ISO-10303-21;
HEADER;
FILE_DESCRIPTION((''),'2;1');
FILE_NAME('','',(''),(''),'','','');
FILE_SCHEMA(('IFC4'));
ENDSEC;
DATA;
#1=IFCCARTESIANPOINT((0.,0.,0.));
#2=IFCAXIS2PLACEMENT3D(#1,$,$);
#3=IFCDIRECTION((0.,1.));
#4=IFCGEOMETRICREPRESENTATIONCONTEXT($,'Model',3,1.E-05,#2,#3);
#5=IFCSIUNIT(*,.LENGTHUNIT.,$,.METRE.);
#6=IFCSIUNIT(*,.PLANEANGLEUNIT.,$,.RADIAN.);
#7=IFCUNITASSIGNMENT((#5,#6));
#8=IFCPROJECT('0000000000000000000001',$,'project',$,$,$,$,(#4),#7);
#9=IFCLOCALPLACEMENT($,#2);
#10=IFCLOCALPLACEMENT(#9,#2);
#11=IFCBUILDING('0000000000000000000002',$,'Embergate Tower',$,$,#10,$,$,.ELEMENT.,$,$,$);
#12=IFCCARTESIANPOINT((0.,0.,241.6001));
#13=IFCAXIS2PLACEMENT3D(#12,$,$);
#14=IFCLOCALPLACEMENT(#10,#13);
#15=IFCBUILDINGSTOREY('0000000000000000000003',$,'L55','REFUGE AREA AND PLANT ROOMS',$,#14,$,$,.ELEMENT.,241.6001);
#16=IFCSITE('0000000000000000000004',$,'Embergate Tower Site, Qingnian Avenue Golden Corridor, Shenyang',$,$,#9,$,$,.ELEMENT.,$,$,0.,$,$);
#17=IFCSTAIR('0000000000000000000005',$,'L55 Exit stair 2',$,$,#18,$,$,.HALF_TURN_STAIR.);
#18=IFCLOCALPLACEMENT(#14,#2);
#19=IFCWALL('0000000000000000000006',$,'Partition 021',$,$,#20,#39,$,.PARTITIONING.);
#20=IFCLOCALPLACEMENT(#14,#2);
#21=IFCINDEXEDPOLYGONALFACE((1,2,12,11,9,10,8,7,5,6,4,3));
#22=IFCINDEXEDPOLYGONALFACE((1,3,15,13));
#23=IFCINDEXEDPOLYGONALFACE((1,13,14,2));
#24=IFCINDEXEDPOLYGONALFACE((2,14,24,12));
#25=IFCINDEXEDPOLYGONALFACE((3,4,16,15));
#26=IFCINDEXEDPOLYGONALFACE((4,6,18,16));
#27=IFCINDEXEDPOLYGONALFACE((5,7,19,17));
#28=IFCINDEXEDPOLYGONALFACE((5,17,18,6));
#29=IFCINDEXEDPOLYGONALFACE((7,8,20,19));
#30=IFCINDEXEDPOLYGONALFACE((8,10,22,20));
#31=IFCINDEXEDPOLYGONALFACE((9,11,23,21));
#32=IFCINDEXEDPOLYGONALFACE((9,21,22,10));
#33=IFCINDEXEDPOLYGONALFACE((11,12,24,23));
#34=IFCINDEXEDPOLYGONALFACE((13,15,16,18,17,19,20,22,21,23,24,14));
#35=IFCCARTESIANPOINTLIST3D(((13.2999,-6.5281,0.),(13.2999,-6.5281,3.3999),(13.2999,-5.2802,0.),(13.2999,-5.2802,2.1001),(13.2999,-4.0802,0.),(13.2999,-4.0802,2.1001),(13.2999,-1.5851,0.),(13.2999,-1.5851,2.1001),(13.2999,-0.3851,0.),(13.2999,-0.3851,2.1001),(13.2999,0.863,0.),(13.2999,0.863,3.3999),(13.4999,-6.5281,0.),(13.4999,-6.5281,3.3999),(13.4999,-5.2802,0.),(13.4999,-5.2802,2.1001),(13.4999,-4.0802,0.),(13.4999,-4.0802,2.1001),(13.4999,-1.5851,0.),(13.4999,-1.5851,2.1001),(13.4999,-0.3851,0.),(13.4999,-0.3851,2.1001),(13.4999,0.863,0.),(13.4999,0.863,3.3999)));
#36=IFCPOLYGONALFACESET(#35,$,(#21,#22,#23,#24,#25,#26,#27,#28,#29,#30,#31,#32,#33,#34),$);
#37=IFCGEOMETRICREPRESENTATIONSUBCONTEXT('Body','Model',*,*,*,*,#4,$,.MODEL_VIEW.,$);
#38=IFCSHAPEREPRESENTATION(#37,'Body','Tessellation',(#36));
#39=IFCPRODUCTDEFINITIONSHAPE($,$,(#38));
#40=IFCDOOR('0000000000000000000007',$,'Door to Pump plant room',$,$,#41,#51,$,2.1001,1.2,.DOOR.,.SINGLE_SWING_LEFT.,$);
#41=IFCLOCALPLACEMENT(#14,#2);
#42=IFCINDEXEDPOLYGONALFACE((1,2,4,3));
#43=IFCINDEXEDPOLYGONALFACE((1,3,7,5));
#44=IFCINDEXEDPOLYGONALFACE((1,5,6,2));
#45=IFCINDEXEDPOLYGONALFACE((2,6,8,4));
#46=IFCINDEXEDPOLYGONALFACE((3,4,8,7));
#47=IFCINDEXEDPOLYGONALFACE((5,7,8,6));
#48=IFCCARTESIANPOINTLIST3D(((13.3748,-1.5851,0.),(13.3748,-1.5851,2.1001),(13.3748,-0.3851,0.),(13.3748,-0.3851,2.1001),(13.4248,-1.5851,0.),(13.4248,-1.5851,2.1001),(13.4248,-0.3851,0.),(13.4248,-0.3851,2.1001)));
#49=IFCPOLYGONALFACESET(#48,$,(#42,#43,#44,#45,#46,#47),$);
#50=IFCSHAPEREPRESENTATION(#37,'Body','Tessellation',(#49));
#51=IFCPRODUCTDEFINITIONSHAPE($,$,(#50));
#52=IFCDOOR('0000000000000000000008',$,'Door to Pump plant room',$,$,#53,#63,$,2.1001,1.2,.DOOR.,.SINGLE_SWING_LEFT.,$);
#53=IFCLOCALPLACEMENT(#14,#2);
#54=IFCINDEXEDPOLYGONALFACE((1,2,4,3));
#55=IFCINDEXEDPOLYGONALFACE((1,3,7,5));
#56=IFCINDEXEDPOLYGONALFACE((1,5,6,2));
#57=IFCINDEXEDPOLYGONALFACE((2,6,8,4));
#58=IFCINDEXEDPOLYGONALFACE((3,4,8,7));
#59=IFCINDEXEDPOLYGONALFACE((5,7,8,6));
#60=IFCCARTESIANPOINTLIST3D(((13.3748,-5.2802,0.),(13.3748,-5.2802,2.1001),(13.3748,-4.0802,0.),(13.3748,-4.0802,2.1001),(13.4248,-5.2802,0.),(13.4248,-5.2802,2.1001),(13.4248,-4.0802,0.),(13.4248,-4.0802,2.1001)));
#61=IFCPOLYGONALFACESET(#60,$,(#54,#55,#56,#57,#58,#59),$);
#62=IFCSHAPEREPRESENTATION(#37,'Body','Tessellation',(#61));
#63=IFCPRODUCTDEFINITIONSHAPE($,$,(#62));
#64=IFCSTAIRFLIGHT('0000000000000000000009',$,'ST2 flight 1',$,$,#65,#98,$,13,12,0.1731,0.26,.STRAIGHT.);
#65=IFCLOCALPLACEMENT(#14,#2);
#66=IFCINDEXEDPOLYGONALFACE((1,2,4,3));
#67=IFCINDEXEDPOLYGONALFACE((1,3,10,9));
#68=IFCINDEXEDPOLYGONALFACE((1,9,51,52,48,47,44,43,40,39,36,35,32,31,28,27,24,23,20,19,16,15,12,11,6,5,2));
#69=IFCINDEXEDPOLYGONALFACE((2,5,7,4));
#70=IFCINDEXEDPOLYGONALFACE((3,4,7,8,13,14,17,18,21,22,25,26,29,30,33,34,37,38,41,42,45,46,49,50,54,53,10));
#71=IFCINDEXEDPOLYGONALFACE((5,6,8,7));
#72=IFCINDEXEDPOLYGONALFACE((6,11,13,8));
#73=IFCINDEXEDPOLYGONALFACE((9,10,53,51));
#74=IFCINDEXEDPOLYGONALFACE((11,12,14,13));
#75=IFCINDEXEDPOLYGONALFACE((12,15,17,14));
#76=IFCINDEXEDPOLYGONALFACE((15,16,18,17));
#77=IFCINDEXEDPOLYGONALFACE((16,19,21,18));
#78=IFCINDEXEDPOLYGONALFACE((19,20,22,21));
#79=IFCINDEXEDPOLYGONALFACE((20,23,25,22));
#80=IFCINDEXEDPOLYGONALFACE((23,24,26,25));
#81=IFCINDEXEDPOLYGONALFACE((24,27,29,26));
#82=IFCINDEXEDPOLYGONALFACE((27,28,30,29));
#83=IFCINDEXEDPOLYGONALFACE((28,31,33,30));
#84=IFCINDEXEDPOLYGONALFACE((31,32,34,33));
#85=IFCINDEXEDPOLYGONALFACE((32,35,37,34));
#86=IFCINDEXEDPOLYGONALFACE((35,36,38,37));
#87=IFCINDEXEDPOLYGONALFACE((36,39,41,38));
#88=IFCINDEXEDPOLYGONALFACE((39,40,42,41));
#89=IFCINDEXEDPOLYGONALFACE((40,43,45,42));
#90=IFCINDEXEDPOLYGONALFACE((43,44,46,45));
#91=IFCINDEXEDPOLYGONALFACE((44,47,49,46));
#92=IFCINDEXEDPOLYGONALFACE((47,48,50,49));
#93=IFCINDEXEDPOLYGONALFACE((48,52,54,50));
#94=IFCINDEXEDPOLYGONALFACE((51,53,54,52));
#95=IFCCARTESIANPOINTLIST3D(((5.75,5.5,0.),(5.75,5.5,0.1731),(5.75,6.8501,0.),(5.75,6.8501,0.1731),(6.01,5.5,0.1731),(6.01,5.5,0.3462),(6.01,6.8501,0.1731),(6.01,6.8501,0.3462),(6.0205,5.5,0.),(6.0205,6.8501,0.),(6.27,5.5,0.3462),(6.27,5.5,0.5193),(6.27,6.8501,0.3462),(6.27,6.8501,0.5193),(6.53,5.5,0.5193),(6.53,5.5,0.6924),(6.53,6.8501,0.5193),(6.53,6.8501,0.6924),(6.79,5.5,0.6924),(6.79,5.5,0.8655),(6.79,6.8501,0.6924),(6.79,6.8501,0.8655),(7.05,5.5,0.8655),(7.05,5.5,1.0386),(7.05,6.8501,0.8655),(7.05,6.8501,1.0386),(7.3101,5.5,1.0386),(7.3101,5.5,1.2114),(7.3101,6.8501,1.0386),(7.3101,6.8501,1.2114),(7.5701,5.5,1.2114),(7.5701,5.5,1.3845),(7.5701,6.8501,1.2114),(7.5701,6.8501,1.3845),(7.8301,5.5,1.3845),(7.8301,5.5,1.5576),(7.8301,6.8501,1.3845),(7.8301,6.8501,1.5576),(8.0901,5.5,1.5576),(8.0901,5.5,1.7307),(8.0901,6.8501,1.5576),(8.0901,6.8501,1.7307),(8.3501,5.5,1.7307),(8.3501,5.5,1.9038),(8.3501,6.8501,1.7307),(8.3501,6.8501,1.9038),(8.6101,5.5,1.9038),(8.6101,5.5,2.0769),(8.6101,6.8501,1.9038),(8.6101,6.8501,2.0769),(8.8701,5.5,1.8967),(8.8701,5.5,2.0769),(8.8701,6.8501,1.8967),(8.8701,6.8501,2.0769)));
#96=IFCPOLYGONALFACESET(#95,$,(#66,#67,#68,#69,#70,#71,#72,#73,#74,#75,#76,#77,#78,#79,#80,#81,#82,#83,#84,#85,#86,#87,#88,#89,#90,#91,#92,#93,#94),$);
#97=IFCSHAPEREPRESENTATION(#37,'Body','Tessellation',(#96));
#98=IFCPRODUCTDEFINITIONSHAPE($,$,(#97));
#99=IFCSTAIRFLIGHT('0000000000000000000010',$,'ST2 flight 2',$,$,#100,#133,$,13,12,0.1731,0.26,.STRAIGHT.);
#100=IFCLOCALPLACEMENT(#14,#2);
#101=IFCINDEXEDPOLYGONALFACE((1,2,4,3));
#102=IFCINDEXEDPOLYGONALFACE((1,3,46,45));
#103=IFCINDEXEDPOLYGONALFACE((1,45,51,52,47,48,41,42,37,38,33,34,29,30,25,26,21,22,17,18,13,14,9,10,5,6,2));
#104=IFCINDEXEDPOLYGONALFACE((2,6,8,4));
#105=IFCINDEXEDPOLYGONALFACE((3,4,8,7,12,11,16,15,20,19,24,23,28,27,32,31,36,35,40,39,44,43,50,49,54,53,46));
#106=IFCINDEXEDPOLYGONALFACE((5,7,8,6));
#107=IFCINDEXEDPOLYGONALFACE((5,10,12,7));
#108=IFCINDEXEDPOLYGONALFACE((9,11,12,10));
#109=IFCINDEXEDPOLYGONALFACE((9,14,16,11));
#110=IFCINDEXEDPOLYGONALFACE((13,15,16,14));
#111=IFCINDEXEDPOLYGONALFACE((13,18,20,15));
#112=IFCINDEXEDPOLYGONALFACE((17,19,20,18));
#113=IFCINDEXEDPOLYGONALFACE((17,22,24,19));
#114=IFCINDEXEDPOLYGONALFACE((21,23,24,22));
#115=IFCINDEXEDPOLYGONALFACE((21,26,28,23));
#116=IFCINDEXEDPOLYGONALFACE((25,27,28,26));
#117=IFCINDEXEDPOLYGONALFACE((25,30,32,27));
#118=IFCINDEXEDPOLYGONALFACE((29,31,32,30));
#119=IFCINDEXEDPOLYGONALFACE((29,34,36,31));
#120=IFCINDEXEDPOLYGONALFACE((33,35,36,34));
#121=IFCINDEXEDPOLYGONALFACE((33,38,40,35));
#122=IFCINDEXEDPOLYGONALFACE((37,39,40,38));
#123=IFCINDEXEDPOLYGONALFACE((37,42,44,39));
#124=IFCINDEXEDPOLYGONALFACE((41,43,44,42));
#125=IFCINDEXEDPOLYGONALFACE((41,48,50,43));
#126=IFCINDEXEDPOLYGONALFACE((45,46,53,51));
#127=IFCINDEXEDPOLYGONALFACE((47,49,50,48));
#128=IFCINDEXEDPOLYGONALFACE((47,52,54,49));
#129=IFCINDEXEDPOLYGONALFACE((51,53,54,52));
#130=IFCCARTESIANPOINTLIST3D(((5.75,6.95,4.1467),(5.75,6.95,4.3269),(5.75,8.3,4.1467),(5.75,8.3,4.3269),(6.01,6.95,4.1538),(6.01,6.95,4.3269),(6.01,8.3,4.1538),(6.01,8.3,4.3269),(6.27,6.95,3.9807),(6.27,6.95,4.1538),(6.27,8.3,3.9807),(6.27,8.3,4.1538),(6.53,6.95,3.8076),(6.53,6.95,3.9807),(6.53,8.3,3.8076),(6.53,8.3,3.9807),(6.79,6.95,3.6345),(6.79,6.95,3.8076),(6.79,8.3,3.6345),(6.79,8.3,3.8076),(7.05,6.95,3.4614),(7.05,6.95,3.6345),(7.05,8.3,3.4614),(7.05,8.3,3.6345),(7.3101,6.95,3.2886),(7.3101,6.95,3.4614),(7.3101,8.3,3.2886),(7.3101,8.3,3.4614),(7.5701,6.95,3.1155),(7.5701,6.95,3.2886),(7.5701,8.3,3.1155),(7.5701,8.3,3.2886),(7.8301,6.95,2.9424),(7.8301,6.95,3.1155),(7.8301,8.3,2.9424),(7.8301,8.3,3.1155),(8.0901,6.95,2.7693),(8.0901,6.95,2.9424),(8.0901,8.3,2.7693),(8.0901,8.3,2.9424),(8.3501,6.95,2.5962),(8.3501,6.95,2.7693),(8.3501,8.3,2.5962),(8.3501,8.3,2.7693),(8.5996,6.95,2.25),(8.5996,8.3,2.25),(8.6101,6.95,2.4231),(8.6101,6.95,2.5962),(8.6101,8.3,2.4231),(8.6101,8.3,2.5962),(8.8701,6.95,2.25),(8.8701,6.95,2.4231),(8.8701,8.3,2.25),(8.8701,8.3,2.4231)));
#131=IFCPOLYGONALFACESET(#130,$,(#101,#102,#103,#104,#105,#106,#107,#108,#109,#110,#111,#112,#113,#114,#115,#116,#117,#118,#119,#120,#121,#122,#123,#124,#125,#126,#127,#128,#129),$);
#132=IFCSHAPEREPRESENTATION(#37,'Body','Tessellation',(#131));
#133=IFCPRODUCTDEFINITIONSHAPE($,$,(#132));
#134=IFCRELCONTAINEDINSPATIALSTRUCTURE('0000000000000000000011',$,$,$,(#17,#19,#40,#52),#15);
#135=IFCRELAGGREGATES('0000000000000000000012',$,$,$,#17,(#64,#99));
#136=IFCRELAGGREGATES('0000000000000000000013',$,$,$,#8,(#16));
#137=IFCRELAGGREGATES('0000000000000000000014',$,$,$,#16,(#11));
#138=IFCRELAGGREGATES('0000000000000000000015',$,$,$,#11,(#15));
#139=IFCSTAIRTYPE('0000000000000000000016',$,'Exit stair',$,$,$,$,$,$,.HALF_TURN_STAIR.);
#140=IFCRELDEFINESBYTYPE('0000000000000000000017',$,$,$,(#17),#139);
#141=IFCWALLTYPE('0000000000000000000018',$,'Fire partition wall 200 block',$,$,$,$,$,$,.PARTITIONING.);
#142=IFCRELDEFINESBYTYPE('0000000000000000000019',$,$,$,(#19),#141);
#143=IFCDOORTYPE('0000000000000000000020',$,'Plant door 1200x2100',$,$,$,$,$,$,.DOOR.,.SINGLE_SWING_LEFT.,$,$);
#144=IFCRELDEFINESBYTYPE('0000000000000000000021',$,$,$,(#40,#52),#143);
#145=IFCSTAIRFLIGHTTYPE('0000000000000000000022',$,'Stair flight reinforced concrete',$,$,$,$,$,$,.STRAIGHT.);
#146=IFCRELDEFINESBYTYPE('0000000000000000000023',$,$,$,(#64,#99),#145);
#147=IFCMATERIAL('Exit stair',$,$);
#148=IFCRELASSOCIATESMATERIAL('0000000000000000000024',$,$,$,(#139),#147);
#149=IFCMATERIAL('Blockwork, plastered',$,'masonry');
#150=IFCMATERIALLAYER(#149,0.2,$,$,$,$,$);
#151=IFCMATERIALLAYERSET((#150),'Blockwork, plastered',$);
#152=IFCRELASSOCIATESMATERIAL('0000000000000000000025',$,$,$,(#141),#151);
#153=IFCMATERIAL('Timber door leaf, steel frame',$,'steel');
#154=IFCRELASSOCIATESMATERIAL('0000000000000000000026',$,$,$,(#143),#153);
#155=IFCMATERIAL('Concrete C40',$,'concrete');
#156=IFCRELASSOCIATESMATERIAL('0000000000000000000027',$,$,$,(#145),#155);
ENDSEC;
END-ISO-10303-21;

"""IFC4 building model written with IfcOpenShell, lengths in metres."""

from ifc_helpers import new_model, si_unit, direction, frame, frame_2d, origin, place, context, subcontext, project, spatial, polyline, rectangle, outline, extrude, source, transform, mapped, material, layer, layer_set, type_object, element, fill, aggregate, save


model = new_model("IFC4")

# Units and contexts
model_context = context("Model", 3, precision=1e-05, world=origin(), true_north=direction((0.0, 1.0)))
body_context = subcontext(model_context, "Body", "Model", "MODEL_VIEW")
ifc_project = project(units=[si_unit("LENGTHUNIT", "METRE"), si_unit("PLANEANGLEUNIT", "RADIAN")], contexts=[model_context])

# Site, building, storey
site_placement = place(None, origin())
site = spatial("IfcSite", under=ifc_project, at=site_placement, Name="Embergate Tower Site, Qingnian Avenue Golden Corridor, Shenyang", CompositionType="ELEMENT", RefElevation=0.0)
building_placement = place(site_placement, origin())
building = spatial("IfcBuilding", under=site, at=building_placement, Name="Embergate Tower", CompositionType="ELEMENT")
storey_placement = place(building_placement, frame((0.0, 0.0, 241.6001)))
storey = spatial("IfcBuildingStorey", under=building, at=storey_placement, Name="L55", Description="REFUGE AREA AND PLANT ROOMS", CompositionType="ELEMENT", Elevation=241.6001)

# Stair
ifc_material_1 = material(Name="Exit stair")
stair_type = type_object("IfcStairType", Name="Exit stair", PredefinedType="HALF_TURN_STAIR", material=ifc_material_1)
stair_placement = place(storey_placement, origin())
stair = element("IfcStair", 1, at=stair_placement, inside=storey, type_object=stair_type, Name="L55 Exit stair 2", PredefinedType="HALF_TURN_STAIR")
ifc_material_2 = material(Name="Concrete C40", Category="concrete")

# Shared definitions
shared_shape_1 = source(origin(), body_context, "Body", "SweptSolid", [
    extrude(rectangle(XDim=1.2, YDim=2.1001, at=frame_2d((0.6001, 1.05))), frame((0.0, 0.1099, 0.0), z_axis=(0.0, -1.0, 0.0), x_axis=(1.0, 0.0, 0.0)), (0.0, 0.0, 1.0), 0.22),
])

# Wall, openings, doors
ifc_material_3 = material(Name="Blockwork, plastered", Category="masonry")
ifc_layer_1 = layer(ifc_material_3, 0.2)
ifc_layer_set_1 = layer_set([ifc_layer_1], Name="Blockwork, plastered")
wall_type_1 = type_object("IfcWallType", Name="Fire partition wall 200 block", PredefinedType="PARTITIONING", material=ifc_layer_set_1)
shared_shape_2 = source(origin(), body_context, "Body", "SweptSolid", [
    extrude(rectangle(XDim=7.3911, YDim=0.2, at=frame_2d((3.6956, 0.0))), origin(), (0.0, 0.0, 1.0), 3.3999),
])
wall_1_placement = place(storey_placement, frame((13.3999, 0.863, 0.0), z_axis=(0.0, 0.0, 1.0), x_axis=(0.0, -1.0, 0.0)))
wall_1 = element("IfcWall", 2, at=wall_1_placement, inside=storey, type_object=wall_type_1, Name="Partition 021", PredefinedType="PARTITIONING", context=body_context, shape_type="MappedRepresentation", body=[
    mapped(shared_shape_2, transform((0.0, 0.0, 0.0))),
])
opening_1_placement = place(wall_1_placement, frame((1.248, 0.0, 0.0)))
opening_1 = element("IfcOpeningElement", 3, at=opening_1_placement, cuts=wall_1, PredefinedType="OPENING", context=body_context, shape_type="MappedRepresentation", body=[
    mapped(shared_shape_1, transform((0.0, 0.0, 0.0))),
])
opening_2_placement = place(wall_1_placement, frame((4.9431, 0.0, 0.0)))
opening_2 = element("IfcOpeningElement", 4, at=opening_2_placement, cuts=wall_1, PredefinedType="OPENING", context=body_context, shape_type="MappedRepresentation", body=[
    mapped(shared_shape_1, transform((0.0, 0.0, 0.0))),
])
ifc_material_4 = material(Name="Timber door leaf, steel frame", Category="steel")
door_type_1 = type_object("IfcDoorType", Name="Plant door 1200x2100", OperationType="SINGLE_SWING_LEFT", PredefinedType="DOOR", material=ifc_material_4)
shared_shape_3 = source(origin(), body_context, "Body", "SweptSolid", [
    extrude(rectangle(XDim=1.2, YDim=2.1001, at=frame_2d((0.6001, 1.05))), frame((0.0, 0.0249, 0.0), z_axis=(0.0, -1.0, 0.0), x_axis=(1.0, 0.0, 0.0)), (0.0, 0.0, 1.0), 0.05),
])
door_1_placement = place(opening_1_placement, origin())
door_1 = element("IfcDoor", 5, at=door_1_placement, inside=storey, type_object=door_type_1, Name="Door to Pump plant room", OperationType="SINGLE_SWING_LEFT", OverallHeight=2.1001, OverallWidth=1.2, PredefinedType="DOOR", context=body_context, shape_type="MappedRepresentation", body=[
    mapped(shared_shape_3, transform((0.0, 0.0, 0.0))),
])
fill(opening_1, door_1)
door_2_placement = place(opening_2_placement, origin())
door_2 = element("IfcDoor", 6, at=door_2_placement, inside=storey, type_object=door_type_1, Name="Door to Pump plant room", OperationType="SINGLE_SWING_LEFT", OverallHeight=2.1001, OverallWidth=1.2, PredefinedType="DOOR", context=body_context, shape_type="MappedRepresentation", body=[
    mapped(shared_shape_3, transform((0.0, 0.0, 0.0))),
])
fill(opening_2, door_2)

# Stair flights
stair_flight_type = type_object("IfcStairFlightType", Name="Stair flight reinforced concrete", PredefinedType="STRAIGHT", material=ifc_material_2)
shared_shape_4 = source(origin(), body_context, "Body", "SweptSolid", [
    extrude(outline(polyline([(0.0, 0.0), (0.0, 0.1731), (0.26, 0.1731), (0.26, 0.3462), (0.52, 0.3462), (0.52, 0.5193), (0.78, 0.5193), (0.78, 0.6924), (1.04, 0.6924), (1.04, 0.8655), (1.3, 0.8655), (1.3, 1.0386), (1.5601, 1.0386), (1.5601, 1.2114), (1.8201, 1.2114), (1.8201, 1.3845), (2.0801, 1.3845), (2.0801, 1.5576), (2.3401, 1.5576), (2.3401, 1.7307), (2.6001, 1.7307), (2.6001, 1.9038), (2.8601, 1.9038), (2.8601, 2.0769), (3.1201, 2.0769), (3.1201, 2.25), (3.1201, 1.8967), (0.2705, 0.0), (0.0, 0.0)])), frame((0.0, 0.675, 0.0), z_axis=(0.0, -1.0, 0.0), x_axis=(1.0, 0.0, 0.0)), (0.0, 0.0, 1.0), 1.3501),
])
stair_flight_1_placement = place(storey_placement, frame((5.75, 6.175, 0.0), z_axis=(0.0, 0.0, 1.0), x_axis=(1.0, 0.0, 0.0)))
stair_flight_1 = element("IfcStairFlight", 7, at=stair_flight_1_placement, type_object=stair_flight_type, Name="ST2 flight 1", NumberOfRisers=13, NumberOfTreads=12, PredefinedType="STRAIGHT", RiserHeight=0.1731, TreadLength=0.26, context=body_context, shape_type="MappedRepresentation", body=[
    mapped(shared_shape_4, transform((0.0, 0.0, 0.0))),
])
stair_flight_2_placement = place(storey_placement, frame((8.8701, 7.625, 2.25), z_axis=(0.0, 0.0, 1.0), x_axis=(-1.0, 0.0, 0.0)))
stair_flight_2 = element("IfcStairFlight", 8, at=stair_flight_2_placement, type_object=stair_flight_type, Name="ST2 flight 2", NumberOfRisers=13, NumberOfTreads=12, PredefinedType="STRAIGHT", RiserHeight=0.1731, TreadLength=0.26, context=body_context, shape_type="MappedRepresentation", body=[
    mapped(shared_shape_4, transform((0.0, 0.0, 0.0))),
])
aggregate(stair, [stair_flight_1, stair_flight_2])

save(model, "model.ifc")
